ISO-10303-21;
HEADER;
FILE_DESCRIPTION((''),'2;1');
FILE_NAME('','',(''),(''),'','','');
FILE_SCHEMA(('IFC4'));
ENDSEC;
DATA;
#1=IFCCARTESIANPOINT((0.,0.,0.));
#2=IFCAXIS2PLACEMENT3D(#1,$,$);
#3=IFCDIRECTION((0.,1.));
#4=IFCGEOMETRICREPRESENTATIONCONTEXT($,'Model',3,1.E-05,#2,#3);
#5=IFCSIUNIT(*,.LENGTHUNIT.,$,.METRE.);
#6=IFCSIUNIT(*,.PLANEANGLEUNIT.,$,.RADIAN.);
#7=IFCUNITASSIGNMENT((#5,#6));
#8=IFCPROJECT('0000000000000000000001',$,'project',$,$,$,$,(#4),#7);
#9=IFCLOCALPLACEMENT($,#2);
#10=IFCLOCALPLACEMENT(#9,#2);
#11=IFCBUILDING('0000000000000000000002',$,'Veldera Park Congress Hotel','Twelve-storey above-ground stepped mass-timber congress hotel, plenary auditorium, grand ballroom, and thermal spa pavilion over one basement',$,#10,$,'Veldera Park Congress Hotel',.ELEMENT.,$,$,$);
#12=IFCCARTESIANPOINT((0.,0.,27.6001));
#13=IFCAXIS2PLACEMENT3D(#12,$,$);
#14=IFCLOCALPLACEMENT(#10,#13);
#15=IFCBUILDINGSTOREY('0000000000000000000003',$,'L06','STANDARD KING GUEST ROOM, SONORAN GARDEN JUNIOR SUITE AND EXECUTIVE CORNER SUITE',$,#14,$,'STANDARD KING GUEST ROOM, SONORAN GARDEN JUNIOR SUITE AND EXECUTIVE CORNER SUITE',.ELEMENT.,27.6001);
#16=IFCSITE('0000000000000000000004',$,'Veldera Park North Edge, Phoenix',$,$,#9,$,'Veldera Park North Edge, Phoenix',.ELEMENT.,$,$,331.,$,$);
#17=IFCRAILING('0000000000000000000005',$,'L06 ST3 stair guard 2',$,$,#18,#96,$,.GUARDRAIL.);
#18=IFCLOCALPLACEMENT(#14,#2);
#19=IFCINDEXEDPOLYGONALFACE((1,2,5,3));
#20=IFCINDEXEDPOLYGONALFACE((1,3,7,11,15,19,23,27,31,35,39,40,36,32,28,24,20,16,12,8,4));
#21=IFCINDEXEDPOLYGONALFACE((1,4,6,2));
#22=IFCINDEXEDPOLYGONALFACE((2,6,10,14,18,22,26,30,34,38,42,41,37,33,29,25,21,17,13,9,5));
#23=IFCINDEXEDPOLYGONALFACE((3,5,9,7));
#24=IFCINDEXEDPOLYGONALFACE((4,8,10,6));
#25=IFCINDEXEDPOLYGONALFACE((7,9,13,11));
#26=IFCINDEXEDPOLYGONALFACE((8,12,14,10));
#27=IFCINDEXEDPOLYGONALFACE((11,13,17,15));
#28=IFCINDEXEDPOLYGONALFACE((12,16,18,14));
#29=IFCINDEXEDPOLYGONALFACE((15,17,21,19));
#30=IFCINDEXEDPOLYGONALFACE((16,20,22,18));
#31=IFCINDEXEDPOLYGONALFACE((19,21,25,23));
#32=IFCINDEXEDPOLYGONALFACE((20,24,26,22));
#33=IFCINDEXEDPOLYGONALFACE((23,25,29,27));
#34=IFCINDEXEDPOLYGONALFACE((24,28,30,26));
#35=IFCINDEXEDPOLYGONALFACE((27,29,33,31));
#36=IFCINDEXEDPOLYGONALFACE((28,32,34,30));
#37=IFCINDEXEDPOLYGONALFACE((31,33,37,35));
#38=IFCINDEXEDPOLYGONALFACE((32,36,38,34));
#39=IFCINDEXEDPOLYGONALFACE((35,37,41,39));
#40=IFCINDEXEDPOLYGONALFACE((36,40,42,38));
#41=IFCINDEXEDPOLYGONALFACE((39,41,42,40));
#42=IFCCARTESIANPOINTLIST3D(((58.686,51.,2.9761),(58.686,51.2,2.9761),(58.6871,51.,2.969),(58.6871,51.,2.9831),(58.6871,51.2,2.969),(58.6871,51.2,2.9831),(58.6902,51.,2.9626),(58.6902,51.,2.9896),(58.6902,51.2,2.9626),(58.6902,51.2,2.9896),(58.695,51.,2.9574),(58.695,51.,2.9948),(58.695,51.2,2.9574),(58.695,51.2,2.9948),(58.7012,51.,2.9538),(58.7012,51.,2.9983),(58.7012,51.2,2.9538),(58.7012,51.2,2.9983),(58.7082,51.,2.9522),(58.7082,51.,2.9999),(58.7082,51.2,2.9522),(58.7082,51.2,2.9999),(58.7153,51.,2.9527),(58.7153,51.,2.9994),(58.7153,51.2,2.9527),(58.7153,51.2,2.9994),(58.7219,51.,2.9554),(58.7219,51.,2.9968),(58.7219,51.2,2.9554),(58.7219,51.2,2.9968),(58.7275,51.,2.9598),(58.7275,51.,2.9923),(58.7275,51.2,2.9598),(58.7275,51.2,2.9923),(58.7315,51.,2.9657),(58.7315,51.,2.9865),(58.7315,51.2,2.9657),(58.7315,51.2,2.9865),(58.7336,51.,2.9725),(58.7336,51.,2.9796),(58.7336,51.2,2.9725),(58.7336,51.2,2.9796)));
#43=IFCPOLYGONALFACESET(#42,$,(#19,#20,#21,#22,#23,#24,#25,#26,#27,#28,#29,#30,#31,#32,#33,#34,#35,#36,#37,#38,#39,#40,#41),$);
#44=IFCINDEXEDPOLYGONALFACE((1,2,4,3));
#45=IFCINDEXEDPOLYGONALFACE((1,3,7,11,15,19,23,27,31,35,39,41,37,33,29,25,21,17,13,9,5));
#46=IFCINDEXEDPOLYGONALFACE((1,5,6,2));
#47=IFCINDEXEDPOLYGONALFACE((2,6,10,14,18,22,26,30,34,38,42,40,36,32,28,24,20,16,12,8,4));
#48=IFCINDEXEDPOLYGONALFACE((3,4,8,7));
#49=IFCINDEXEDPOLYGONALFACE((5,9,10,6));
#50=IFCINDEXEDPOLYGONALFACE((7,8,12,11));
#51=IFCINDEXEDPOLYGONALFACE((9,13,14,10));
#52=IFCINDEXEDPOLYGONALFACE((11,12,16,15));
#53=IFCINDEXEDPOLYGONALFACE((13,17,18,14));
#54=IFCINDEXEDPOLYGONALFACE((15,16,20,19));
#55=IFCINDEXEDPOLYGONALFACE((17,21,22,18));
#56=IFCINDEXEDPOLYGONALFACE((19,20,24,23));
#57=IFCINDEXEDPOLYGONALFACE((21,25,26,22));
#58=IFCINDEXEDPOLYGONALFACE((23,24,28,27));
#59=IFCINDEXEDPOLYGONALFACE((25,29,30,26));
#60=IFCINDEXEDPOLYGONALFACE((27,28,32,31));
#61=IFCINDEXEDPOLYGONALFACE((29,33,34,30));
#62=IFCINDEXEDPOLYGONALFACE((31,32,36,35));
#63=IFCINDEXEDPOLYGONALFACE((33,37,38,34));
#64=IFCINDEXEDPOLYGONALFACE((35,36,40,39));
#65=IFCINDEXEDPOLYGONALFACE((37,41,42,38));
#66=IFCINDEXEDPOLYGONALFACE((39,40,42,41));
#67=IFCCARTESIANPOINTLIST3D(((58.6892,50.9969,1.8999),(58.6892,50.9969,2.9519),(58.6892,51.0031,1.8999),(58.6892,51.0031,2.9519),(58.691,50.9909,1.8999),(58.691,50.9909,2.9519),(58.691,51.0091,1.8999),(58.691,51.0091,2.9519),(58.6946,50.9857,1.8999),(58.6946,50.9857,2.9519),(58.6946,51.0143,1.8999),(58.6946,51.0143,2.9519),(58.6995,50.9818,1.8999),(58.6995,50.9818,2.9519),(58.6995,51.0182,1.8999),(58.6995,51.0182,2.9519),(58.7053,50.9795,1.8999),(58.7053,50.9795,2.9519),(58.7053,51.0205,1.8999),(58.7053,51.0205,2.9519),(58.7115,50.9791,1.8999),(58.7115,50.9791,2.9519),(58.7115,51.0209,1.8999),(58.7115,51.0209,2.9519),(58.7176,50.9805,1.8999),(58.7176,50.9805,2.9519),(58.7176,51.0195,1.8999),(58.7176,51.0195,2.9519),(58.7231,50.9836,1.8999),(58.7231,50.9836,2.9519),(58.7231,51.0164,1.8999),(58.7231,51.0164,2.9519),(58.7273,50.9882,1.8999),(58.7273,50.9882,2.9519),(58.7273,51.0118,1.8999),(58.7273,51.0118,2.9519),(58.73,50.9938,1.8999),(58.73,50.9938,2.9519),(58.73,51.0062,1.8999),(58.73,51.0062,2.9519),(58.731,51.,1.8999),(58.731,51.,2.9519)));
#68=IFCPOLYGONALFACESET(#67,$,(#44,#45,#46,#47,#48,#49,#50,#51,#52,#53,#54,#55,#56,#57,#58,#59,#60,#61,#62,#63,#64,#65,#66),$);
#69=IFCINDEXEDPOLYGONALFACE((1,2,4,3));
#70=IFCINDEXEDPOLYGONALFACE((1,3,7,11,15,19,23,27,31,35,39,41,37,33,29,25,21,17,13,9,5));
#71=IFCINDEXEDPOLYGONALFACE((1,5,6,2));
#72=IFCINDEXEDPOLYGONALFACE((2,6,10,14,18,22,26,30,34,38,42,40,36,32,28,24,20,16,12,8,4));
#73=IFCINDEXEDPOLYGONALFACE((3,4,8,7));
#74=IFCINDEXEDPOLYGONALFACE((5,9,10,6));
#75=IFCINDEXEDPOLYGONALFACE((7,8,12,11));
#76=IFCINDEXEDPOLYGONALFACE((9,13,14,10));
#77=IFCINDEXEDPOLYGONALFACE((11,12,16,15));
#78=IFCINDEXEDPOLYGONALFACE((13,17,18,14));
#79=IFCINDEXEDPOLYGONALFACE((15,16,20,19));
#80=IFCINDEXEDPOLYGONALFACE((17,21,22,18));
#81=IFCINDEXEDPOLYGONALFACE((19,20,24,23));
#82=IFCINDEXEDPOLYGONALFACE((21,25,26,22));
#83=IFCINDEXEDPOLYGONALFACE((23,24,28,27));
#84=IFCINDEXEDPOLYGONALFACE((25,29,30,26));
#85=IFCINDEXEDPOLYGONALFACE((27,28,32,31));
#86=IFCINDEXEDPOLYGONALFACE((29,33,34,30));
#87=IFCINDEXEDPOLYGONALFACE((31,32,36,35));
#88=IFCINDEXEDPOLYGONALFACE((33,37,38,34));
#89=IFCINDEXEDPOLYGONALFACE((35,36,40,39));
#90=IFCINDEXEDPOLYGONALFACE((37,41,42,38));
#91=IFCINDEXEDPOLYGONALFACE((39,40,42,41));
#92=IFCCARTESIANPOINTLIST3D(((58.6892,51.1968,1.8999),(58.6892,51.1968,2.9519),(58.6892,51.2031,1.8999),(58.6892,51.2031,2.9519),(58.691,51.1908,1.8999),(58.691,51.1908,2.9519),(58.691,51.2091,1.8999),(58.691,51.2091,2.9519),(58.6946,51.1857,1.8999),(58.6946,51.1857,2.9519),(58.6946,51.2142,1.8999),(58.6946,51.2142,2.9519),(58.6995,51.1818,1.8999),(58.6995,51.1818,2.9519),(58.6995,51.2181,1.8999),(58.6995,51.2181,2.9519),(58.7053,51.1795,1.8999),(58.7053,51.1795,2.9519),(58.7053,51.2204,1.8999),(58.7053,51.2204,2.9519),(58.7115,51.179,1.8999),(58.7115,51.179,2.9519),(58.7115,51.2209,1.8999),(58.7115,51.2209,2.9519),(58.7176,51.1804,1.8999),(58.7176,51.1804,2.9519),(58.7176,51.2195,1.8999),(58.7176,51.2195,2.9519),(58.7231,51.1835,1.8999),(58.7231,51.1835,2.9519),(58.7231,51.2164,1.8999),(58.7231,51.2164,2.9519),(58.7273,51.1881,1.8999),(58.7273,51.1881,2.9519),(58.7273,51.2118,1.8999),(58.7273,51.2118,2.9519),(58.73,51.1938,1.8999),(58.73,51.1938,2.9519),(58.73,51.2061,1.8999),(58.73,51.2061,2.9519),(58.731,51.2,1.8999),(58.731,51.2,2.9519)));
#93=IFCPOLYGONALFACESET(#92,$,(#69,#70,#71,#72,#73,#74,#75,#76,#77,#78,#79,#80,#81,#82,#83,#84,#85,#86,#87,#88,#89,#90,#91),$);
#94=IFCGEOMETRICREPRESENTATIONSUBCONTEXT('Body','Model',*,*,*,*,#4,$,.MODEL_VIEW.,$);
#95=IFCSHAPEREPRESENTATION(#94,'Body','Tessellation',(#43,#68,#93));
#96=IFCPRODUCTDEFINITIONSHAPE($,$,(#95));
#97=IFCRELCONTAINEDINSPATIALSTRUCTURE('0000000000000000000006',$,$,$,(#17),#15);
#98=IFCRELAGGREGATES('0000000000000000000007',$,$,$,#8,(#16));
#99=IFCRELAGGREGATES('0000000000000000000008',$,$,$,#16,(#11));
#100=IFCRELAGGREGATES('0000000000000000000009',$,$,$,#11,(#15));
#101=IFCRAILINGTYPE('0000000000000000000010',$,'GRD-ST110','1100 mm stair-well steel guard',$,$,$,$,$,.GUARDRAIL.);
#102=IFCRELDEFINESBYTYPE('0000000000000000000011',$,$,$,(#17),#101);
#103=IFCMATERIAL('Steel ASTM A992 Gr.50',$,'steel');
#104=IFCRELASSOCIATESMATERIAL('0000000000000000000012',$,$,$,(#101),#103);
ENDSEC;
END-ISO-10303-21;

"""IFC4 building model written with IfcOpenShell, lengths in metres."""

from ifc_helpers import new_model, si_unit, direction, frame, origin, origin_2d, place, context, subcontext, project, spatial, circle, extrude, material, type_object, element, save


model = new_model("IFC4")

# Units and contexts
model_context = context("Model", 3, precision=1e-05, world=origin(), true_north=direction((0.0, 1.0)))
body_context = subcontext(model_context, "Body", "Model", "MODEL_VIEW")
ifc_project = project(units=[si_unit("LENGTHUNIT", "METRE"), si_unit("PLANEANGLEUNIT", "RADIAN")], contexts=[model_context])

# Site, building, storey
site_placement = place(None, origin())
site = spatial("IfcSite", under=ifc_project, at=site_placement, Name="Veldera Park North Edge, Phoenix", LongName="Veldera Park North Edge, Phoenix", CompositionType="ELEMENT", RefElevation=331.0)
building_placement = place(site_placement, origin())
building = spatial("IfcBuilding", under=site, at=building_placement, Name="Veldera Park Congress Hotel", Description="Twelve-storey above-ground stepped mass-timber congress hotel, plenary auditorium, grand ballroom, and thermal spa pavilion over one basement", LongName="Veldera Park Congress Hotel", CompositionType="ELEMENT")
storey_placement = place(building_placement, frame((0.0, 0.0, 27.6001)))
storey = spatial("IfcBuildingStorey", under=building, at=storey_placement, Name="L06", Description="STANDARD KING GUEST ROOM, SONORAN GARDEN JUNIOR SUITE AND EXECUTIVE CORNER SUITE", LongName="STANDARD KING GUEST ROOM, SONORAN GARDEN JUNIOR SUITE AND EXECUTIVE CORNER SUITE", CompositionType="ELEMENT", Elevation=27.6001)

# Railing
ifc_material_1 = material(Name="Steel ASTM A992 Gr.50", Category="steel")
railing_type_1 = type_object("IfcRailingType", Name="GRD-ST110", Description="1100 mm stair-well steel guard", PredefinedType="GUARDRAIL", material=ifc_material_1)
railing_1_placement = place(storey_placement, frame((58.71, 51.0, 1.8999)))
element("IfcRailing", 1, at=railing_1_placement, inside=storey, type_object=railing_type_1, Name="L06 ST3 stair guard 2", PredefinedType="GUARDRAIL", context=body_context, shape_type="SweptSolid", body=[
    extrude(circle(Radius=0.0239, at=origin_2d()), frame((0.0, 0.0, 1.0762), z_axis=(0.0, 1.0, 0.0), x_axis=(-1.0, 0.0, 0.0)), (0.0, 0.0, 1.0), 0.2),
    extrude(circle(Radius=0.021, at=origin_2d()), origin(), (0.0, 0.0, 1.0), 1.052),
    extrude(circle(Radius=0.021, at=origin_2d()), frame((0.0, 0.2, 0.0)), (0.0, 0.0, 1.0), 1.052),
])

save(model, "model.ifc")
